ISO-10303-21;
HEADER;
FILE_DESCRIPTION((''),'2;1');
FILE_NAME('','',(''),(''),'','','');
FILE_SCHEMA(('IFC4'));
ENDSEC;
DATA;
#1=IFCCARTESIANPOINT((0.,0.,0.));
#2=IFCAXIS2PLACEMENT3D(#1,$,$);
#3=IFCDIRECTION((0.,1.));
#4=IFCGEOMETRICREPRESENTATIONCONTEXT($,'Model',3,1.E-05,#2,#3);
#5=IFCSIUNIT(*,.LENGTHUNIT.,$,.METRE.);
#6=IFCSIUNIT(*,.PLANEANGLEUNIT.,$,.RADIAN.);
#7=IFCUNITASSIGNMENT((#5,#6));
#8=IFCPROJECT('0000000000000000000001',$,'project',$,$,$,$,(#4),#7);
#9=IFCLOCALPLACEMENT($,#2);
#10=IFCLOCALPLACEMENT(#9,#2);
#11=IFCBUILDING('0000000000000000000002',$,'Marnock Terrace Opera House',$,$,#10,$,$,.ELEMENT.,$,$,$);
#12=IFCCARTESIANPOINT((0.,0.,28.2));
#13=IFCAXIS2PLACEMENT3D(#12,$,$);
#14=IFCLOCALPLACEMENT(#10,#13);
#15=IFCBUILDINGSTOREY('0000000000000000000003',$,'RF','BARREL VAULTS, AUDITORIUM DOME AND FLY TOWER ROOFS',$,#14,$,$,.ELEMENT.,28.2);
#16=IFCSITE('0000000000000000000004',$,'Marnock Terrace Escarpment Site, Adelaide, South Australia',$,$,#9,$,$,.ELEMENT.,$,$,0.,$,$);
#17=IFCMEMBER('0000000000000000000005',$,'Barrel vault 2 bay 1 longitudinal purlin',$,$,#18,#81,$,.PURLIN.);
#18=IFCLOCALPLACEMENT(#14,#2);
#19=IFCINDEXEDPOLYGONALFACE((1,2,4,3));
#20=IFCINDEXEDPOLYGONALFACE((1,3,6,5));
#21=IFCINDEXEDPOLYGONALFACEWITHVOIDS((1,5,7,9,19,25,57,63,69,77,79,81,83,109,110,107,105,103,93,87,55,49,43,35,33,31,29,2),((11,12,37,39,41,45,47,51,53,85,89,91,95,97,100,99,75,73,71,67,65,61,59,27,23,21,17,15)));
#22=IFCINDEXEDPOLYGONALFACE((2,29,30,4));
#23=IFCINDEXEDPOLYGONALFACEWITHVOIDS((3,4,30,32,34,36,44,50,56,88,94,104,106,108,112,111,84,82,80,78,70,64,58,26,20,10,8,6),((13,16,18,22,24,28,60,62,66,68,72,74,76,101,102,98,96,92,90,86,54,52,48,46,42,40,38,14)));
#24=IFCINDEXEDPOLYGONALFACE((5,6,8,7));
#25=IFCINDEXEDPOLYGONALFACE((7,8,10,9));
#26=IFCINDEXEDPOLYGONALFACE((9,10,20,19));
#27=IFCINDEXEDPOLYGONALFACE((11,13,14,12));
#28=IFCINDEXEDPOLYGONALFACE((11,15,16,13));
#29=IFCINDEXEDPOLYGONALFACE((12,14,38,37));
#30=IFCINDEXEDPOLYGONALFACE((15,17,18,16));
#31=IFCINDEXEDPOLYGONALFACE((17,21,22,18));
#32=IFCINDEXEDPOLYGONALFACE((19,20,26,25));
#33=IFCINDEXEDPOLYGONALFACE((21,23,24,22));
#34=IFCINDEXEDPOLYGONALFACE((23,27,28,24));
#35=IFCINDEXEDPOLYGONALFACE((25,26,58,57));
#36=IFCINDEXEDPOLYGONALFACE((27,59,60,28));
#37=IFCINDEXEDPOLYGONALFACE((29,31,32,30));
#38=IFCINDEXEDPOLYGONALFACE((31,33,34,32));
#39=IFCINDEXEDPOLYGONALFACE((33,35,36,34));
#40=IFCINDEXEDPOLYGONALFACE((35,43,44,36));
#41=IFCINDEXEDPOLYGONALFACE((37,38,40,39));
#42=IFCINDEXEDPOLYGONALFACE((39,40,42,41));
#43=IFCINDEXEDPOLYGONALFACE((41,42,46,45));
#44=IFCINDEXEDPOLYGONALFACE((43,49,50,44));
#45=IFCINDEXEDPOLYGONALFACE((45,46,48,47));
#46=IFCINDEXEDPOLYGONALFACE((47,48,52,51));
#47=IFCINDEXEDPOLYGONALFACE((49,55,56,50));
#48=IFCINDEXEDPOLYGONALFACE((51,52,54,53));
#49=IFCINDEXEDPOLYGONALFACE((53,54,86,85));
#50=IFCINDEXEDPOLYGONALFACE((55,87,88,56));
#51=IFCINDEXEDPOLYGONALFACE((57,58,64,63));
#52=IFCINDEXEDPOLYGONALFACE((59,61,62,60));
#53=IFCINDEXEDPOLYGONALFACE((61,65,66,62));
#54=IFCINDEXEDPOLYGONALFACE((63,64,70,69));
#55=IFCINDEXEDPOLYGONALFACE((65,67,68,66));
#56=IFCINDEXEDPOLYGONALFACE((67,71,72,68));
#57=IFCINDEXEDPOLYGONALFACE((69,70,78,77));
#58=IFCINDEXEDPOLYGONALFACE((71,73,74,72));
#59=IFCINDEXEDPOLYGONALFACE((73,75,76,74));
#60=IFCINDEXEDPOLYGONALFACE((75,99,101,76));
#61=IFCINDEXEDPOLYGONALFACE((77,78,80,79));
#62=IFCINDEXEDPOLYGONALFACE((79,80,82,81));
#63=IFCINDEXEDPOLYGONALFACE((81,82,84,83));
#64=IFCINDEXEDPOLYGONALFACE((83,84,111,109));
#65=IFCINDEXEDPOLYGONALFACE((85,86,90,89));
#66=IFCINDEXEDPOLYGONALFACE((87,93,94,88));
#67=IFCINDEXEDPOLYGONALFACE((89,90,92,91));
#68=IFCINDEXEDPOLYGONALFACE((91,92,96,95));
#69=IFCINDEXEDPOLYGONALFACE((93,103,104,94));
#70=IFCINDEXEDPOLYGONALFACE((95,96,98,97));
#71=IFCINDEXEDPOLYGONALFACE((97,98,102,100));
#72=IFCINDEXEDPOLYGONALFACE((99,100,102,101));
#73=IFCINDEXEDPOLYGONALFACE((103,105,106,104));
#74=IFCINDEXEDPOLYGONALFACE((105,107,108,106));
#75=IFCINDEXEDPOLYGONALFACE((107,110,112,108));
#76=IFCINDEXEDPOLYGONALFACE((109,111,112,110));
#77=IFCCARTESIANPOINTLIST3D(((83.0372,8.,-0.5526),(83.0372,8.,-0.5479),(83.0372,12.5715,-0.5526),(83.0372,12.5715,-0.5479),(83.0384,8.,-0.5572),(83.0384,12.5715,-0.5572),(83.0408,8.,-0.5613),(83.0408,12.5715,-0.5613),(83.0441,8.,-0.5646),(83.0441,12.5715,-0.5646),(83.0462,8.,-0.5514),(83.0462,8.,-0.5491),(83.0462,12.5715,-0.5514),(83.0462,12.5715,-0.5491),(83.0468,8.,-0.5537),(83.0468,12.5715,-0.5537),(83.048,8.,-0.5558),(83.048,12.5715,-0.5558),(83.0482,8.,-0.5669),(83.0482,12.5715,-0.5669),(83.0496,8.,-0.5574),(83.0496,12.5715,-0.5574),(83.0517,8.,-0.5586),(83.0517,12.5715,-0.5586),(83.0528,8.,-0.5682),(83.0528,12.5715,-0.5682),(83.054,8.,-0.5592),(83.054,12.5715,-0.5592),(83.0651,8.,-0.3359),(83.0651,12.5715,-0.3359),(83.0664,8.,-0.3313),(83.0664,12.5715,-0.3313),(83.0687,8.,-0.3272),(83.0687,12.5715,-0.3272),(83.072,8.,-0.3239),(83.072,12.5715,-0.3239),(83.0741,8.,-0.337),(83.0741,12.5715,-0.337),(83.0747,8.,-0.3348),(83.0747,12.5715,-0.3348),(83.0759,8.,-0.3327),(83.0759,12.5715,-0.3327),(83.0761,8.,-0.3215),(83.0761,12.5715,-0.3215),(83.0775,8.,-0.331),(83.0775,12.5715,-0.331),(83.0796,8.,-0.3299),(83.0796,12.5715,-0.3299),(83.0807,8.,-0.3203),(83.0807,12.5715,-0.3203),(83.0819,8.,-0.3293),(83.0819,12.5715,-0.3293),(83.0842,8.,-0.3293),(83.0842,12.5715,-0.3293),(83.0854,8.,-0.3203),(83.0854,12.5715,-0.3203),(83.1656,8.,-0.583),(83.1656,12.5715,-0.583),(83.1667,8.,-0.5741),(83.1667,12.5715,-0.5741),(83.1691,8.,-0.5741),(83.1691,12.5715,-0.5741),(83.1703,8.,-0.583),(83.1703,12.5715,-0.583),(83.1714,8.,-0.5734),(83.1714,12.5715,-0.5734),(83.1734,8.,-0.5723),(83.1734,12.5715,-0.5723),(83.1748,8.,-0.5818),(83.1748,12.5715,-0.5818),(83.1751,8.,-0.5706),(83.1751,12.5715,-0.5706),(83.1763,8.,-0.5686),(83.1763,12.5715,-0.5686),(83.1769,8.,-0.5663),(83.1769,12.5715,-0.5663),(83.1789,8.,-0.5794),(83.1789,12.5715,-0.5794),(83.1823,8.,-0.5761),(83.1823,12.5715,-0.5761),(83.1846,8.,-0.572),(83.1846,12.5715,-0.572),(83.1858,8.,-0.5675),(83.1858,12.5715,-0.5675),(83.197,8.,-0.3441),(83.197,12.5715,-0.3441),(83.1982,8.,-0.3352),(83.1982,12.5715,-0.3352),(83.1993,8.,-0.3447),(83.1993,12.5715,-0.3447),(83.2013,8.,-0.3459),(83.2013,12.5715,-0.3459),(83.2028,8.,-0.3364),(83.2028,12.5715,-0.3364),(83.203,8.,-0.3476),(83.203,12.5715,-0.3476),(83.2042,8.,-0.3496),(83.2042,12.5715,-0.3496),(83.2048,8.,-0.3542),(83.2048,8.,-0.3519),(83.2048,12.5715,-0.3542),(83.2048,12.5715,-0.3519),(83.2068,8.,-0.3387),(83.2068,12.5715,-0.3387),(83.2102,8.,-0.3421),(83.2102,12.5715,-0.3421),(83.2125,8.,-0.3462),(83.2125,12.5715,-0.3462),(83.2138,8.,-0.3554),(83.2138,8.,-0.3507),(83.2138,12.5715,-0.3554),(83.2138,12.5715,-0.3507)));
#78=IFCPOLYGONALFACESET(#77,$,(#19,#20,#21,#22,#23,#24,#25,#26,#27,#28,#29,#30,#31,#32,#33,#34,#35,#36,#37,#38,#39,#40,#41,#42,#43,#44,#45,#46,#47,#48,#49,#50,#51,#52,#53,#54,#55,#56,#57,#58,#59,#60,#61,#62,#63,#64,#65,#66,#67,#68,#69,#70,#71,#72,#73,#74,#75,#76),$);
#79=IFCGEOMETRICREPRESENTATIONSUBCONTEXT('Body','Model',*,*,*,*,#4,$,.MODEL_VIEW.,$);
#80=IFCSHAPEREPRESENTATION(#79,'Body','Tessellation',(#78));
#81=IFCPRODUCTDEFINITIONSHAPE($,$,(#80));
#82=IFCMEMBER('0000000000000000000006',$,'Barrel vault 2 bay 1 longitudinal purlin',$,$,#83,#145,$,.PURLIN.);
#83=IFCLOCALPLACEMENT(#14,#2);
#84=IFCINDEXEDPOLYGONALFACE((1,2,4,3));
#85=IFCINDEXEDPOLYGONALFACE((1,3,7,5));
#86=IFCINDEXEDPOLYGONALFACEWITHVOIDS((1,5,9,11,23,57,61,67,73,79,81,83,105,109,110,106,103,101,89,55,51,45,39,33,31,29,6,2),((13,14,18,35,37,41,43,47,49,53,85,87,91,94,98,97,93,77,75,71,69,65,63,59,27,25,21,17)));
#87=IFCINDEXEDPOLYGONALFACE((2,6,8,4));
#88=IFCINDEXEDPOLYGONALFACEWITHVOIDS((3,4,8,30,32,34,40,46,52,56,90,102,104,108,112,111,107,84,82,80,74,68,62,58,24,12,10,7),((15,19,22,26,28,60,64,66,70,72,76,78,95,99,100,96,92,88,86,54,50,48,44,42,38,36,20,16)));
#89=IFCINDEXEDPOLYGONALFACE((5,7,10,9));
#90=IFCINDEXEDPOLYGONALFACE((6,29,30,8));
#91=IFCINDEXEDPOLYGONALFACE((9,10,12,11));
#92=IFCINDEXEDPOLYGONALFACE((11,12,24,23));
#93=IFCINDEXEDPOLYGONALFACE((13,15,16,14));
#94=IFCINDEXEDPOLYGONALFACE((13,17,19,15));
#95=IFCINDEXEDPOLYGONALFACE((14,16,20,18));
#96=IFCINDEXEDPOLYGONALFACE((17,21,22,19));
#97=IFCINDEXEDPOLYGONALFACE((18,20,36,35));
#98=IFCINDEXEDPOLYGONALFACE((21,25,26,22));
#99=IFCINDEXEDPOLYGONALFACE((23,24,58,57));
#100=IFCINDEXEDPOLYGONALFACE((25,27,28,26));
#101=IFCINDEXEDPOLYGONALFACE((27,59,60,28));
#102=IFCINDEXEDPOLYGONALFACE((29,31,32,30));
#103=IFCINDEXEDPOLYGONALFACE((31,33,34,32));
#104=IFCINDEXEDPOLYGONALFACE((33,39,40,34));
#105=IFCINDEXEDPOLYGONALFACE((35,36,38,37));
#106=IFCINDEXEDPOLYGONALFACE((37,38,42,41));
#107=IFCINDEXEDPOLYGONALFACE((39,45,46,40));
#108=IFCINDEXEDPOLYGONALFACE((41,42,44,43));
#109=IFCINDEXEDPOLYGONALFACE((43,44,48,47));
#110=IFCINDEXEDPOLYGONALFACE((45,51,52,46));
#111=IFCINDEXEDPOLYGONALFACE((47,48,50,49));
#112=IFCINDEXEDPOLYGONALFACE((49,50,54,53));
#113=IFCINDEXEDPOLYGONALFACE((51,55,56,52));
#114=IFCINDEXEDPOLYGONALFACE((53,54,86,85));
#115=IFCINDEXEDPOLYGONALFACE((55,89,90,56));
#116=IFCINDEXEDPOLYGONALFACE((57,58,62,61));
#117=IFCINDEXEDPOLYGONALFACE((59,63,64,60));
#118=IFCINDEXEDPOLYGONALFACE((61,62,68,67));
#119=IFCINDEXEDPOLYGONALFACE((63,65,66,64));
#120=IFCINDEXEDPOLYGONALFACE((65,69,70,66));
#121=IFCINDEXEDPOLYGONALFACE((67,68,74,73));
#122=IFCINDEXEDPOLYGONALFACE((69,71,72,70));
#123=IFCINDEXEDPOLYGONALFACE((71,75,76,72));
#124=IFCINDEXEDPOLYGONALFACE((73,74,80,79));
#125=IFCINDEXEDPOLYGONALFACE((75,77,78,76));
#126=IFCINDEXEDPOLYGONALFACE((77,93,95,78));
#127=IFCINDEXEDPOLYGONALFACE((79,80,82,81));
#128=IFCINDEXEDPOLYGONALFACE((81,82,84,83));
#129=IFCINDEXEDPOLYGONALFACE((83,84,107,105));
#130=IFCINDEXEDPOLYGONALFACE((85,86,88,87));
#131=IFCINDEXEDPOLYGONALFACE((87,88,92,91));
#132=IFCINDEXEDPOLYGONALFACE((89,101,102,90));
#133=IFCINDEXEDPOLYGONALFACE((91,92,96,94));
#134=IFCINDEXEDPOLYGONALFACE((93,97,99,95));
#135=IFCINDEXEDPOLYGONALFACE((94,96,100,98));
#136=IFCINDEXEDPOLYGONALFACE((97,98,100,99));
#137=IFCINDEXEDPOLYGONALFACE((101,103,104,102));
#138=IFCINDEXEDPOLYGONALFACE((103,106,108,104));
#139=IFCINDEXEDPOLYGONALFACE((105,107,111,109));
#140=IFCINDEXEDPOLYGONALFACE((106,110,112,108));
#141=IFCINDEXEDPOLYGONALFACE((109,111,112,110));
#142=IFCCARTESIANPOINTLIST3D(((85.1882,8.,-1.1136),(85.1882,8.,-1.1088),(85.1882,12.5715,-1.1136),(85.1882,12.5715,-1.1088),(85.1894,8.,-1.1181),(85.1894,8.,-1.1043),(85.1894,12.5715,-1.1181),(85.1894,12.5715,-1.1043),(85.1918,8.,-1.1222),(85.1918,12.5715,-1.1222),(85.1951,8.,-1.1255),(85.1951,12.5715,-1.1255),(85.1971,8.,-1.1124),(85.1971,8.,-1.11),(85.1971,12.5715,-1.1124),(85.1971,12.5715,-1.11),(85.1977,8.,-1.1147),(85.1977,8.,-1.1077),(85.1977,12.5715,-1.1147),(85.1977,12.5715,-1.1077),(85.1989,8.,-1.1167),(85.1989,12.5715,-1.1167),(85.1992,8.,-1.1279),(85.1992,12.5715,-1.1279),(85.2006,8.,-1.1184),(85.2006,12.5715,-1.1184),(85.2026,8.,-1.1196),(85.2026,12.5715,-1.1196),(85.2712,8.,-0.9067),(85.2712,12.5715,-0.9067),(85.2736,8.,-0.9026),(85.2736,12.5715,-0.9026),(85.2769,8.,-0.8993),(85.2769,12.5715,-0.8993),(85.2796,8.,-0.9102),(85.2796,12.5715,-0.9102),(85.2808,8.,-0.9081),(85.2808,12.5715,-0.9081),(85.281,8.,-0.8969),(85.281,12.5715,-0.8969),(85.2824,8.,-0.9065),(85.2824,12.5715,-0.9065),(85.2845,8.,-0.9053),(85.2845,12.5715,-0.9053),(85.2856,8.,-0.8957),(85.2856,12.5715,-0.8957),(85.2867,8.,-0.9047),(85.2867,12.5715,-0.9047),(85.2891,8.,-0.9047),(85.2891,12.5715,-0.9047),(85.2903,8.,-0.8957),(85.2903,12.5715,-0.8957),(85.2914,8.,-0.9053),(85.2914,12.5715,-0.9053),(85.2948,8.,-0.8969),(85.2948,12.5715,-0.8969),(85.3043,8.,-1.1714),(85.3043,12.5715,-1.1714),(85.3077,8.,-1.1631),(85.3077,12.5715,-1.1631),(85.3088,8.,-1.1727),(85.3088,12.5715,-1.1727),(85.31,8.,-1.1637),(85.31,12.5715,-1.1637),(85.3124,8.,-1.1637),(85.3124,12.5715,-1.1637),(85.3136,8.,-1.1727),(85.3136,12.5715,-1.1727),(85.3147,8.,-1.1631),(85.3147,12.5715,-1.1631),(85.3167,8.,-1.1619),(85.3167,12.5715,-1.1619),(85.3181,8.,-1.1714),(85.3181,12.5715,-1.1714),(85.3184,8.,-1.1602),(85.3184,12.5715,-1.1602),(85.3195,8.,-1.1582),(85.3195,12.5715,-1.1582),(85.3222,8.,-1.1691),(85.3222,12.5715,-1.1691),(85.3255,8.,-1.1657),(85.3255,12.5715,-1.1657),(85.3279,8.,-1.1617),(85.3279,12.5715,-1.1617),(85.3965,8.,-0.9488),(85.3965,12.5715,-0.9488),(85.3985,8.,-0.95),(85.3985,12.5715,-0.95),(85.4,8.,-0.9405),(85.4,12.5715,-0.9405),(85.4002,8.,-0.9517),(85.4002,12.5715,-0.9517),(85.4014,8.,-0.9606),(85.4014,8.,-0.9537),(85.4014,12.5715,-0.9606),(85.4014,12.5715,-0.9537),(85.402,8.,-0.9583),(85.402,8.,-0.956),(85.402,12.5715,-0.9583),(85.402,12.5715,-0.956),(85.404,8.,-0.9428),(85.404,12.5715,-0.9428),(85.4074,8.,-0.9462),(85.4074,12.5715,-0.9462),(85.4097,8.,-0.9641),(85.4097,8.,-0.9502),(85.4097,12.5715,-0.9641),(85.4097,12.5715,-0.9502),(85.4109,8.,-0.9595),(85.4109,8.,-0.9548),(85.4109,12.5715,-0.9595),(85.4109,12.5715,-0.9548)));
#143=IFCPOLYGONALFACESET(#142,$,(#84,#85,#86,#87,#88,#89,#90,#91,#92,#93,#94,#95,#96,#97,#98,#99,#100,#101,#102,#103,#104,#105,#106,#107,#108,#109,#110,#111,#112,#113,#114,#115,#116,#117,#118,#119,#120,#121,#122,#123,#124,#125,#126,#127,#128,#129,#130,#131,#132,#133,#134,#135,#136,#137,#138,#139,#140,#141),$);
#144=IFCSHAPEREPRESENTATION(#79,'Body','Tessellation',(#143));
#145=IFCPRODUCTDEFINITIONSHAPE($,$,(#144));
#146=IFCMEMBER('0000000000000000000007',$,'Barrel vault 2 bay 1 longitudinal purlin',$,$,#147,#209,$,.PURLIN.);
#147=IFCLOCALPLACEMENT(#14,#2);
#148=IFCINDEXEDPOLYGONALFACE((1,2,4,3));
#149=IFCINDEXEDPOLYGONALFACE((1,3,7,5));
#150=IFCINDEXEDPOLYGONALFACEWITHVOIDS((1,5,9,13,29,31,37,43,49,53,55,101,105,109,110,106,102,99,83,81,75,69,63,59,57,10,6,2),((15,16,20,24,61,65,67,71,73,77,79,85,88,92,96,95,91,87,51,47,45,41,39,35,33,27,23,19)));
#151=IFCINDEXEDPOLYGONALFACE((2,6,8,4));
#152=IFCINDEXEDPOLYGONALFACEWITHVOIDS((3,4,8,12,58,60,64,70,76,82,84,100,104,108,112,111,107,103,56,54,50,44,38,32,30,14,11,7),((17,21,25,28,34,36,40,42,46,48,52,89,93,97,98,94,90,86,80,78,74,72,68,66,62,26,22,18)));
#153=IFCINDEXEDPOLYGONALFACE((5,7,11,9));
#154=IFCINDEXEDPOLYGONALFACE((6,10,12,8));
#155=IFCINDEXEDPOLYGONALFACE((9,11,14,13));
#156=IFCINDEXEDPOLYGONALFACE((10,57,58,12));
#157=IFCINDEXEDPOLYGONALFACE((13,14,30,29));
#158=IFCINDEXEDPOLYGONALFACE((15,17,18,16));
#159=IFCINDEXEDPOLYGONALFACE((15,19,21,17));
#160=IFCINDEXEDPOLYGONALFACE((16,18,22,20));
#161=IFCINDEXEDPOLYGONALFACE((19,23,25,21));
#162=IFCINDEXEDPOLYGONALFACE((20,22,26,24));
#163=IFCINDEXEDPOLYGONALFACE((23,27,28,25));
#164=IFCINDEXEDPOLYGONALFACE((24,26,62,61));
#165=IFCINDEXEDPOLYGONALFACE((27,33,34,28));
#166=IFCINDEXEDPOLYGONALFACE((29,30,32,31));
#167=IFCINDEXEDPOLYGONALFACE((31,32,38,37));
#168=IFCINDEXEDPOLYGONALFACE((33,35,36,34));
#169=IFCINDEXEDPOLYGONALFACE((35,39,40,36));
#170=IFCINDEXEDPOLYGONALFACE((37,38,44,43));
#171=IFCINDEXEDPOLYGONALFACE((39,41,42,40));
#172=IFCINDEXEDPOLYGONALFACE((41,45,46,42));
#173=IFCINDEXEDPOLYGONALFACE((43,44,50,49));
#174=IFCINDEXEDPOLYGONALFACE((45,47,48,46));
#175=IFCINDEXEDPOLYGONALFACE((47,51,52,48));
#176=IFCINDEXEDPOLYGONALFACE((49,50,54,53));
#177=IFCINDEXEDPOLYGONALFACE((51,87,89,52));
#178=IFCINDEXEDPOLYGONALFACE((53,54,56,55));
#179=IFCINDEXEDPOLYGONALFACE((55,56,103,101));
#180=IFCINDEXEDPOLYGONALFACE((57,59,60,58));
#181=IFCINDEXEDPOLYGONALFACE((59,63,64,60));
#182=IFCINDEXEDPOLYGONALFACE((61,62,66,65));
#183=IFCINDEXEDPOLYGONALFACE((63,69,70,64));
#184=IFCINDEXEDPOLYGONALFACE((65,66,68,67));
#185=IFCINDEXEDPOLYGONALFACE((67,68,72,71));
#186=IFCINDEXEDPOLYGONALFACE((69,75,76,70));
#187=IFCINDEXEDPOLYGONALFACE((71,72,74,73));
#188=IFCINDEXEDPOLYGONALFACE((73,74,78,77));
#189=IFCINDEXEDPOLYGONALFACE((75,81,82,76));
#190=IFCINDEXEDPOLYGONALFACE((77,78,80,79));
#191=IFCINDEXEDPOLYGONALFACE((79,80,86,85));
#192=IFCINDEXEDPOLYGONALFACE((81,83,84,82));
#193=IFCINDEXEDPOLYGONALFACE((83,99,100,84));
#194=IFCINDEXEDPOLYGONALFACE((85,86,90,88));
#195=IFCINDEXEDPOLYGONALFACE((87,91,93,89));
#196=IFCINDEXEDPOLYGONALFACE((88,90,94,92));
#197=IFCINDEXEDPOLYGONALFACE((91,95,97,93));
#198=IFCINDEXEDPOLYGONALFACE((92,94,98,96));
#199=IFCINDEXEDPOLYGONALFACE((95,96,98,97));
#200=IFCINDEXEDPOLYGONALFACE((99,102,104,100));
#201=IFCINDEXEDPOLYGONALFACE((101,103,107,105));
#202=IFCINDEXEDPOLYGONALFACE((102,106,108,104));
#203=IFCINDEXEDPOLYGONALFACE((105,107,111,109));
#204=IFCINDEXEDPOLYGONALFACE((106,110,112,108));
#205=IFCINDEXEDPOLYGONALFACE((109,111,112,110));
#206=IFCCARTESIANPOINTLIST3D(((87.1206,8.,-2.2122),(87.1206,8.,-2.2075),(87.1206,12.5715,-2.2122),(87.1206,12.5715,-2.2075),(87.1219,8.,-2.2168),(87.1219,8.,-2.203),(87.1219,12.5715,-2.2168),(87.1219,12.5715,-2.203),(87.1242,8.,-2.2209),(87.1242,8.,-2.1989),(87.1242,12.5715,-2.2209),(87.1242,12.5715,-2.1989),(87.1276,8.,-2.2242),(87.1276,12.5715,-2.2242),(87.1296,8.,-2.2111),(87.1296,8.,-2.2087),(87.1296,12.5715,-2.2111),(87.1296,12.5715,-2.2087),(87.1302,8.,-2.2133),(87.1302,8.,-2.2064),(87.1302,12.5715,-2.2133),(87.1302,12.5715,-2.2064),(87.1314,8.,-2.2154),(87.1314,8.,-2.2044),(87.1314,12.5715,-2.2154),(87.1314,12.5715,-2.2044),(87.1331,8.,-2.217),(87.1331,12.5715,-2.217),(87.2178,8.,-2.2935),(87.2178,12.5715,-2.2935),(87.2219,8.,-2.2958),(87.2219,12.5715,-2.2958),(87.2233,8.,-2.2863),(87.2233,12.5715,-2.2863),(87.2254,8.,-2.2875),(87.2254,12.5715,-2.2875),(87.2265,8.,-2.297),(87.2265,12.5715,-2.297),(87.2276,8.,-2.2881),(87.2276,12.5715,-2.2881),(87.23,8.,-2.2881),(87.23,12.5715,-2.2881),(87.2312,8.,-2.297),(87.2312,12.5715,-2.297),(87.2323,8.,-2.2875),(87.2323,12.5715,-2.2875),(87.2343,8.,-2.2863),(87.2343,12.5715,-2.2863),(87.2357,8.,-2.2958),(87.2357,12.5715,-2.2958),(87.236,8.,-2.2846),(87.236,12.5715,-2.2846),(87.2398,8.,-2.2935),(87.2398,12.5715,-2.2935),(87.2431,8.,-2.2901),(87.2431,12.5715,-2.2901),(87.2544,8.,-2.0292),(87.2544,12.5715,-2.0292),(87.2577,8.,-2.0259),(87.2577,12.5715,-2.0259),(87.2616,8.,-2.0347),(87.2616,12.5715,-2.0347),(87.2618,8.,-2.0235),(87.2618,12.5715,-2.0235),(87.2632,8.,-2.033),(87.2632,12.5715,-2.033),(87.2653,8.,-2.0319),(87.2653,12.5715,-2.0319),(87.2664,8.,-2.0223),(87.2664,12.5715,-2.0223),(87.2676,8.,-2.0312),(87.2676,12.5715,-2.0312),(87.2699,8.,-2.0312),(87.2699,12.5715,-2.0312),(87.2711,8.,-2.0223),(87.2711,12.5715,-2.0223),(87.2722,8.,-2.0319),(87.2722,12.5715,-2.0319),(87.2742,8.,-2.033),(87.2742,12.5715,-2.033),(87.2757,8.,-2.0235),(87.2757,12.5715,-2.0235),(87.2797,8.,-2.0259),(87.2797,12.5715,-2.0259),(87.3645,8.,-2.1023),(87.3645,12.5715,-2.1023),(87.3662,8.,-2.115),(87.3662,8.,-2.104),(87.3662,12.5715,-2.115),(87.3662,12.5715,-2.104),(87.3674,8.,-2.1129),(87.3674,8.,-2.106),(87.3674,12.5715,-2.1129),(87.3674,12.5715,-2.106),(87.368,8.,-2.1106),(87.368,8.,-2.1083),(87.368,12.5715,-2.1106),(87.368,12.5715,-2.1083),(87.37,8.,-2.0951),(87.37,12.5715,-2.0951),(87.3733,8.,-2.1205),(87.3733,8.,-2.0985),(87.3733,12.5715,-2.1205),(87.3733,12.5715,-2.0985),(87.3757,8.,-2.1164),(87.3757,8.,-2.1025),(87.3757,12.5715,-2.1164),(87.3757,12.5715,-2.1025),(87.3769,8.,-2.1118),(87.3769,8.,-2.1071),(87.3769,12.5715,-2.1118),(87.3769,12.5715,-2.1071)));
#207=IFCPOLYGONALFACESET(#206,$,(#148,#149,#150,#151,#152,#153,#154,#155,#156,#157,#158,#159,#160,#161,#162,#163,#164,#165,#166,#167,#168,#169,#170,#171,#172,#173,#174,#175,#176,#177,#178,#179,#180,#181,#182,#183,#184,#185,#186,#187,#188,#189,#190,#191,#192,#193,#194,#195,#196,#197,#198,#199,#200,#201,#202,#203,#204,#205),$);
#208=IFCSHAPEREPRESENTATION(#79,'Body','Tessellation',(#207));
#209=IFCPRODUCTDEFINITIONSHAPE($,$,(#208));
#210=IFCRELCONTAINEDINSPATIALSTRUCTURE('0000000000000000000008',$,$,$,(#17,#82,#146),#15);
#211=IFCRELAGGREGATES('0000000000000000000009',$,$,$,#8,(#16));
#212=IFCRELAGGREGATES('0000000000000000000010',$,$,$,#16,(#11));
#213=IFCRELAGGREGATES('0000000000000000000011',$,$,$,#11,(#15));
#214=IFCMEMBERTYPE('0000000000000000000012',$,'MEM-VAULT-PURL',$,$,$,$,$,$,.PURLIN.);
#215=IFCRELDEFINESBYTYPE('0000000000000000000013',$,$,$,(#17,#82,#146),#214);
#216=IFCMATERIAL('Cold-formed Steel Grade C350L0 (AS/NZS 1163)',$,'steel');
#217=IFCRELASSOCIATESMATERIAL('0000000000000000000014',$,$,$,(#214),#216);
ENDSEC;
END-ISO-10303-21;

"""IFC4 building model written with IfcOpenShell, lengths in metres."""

from ifc_helpers import new_model, si_unit, direction, frame, origin, origin_2d, place, context, subcontext, project, spatial, hollow_rectangle, extrude, material, material_profile, profile_set, type_object, element, save


model = new_model("IFC4")

# Units and contexts
model_context = context("Model", 3, precision=1e-05, world=origin(), true_north=direction((0.0, 1.0)))
body_context = subcontext(model_context, "Body", "Model", "MODEL_VIEW")
ifc_project = project(units=[si_unit("LENGTHUNIT", "METRE"), si_unit("PLANEANGLEUNIT", "RADIAN")], contexts=[model_context])

# Site, building, storey
site_placement = place(None, origin())
site = spatial("IfcSite", under=ifc_project, at=site_placement, Name="Marnock Terrace Escarpment Site, Adelaide, South Australia", CompositionType="ELEMENT", RefElevation=0.0)
building_placement = place(site_placement, origin())
building = spatial("IfcBuilding", under=site, at=building_placement, Name="Marnock Terrace Opera House", CompositionType="ELEMENT")
storey_placement = place(building_placement, frame((0.0, 0.0, 28.2)))
storey = spatial("IfcBuildingStorey", under=building, at=storey_placement, Name="RF", Description="BARREL VAULTS, AUDITORIUM DOME AND FLY TOWER ROOFS", CompositionType="ELEMENT", Elevation=28.2)

# Members
ifc_material_1 = material(Name="Cold-formed Steel Grade C350L0 (AS/NZS 1163)", Category="steel")
ifc_material_profile_1 = material_profile(ifc_material_1, hollow_rectangle(XDim=0.1499, YDim=0.25, WallThickness=0.009, InnerFilletRadius=0.009, OuterFilletRadius=0.0181, at=origin_2d()))
ifc_profile_set_1 = profile_set([ifc_material_profile_1], Name="Cold-formed Steel Grade C350L0 (AS/NZS 1163)")
member_type_1 = type_object("IfcMemberType", Name="MEM-VAULT-PURL", PredefinedType="PURLIN", material=ifc_profile_set_1)
for number, where, z_axis, x_axis, name in (
    (1, (83.1255, 8.0, -0.4517), (0.0, 1.0, 0.0), (-0.991445, 0.0, 0.130526), "Barrel vault 2 bay 1 longitudinal purlin"),
    (2, (85.2996, 8.0, -1.0342), (0.0, 1.0, 0.0), (-0.92388, 0.0, 0.382683), "Barrel vault 2 bay 1 longitudinal purlin"),
    (3, (87.2488, 8.0, -2.1597), (0.0, 1.0, 0.0), (-0.793353, 0.0, 0.608761), "Barrel vault 2 bay 1 longitudinal purlin"),
):
    element("IfcMember", number, at=place(storey_placement, frame(where, z_axis=z_axis, x_axis=x_axis)), inside=storey, type_object=member_type_1, Name=name, PredefinedType="PURLIN", context=body_context, shape_type="SweptSolid", body=[
        extrude(hollow_rectangle(XDim=0.1499, YDim=0.25, WallThickness=0.009, InnerFilletRadius=0.009, OuterFilletRadius=0.0181, at=origin_2d()), origin(), (0.0, 0.0, 1.0), 4.5715),
    ])

save(model, "model.ifc")
